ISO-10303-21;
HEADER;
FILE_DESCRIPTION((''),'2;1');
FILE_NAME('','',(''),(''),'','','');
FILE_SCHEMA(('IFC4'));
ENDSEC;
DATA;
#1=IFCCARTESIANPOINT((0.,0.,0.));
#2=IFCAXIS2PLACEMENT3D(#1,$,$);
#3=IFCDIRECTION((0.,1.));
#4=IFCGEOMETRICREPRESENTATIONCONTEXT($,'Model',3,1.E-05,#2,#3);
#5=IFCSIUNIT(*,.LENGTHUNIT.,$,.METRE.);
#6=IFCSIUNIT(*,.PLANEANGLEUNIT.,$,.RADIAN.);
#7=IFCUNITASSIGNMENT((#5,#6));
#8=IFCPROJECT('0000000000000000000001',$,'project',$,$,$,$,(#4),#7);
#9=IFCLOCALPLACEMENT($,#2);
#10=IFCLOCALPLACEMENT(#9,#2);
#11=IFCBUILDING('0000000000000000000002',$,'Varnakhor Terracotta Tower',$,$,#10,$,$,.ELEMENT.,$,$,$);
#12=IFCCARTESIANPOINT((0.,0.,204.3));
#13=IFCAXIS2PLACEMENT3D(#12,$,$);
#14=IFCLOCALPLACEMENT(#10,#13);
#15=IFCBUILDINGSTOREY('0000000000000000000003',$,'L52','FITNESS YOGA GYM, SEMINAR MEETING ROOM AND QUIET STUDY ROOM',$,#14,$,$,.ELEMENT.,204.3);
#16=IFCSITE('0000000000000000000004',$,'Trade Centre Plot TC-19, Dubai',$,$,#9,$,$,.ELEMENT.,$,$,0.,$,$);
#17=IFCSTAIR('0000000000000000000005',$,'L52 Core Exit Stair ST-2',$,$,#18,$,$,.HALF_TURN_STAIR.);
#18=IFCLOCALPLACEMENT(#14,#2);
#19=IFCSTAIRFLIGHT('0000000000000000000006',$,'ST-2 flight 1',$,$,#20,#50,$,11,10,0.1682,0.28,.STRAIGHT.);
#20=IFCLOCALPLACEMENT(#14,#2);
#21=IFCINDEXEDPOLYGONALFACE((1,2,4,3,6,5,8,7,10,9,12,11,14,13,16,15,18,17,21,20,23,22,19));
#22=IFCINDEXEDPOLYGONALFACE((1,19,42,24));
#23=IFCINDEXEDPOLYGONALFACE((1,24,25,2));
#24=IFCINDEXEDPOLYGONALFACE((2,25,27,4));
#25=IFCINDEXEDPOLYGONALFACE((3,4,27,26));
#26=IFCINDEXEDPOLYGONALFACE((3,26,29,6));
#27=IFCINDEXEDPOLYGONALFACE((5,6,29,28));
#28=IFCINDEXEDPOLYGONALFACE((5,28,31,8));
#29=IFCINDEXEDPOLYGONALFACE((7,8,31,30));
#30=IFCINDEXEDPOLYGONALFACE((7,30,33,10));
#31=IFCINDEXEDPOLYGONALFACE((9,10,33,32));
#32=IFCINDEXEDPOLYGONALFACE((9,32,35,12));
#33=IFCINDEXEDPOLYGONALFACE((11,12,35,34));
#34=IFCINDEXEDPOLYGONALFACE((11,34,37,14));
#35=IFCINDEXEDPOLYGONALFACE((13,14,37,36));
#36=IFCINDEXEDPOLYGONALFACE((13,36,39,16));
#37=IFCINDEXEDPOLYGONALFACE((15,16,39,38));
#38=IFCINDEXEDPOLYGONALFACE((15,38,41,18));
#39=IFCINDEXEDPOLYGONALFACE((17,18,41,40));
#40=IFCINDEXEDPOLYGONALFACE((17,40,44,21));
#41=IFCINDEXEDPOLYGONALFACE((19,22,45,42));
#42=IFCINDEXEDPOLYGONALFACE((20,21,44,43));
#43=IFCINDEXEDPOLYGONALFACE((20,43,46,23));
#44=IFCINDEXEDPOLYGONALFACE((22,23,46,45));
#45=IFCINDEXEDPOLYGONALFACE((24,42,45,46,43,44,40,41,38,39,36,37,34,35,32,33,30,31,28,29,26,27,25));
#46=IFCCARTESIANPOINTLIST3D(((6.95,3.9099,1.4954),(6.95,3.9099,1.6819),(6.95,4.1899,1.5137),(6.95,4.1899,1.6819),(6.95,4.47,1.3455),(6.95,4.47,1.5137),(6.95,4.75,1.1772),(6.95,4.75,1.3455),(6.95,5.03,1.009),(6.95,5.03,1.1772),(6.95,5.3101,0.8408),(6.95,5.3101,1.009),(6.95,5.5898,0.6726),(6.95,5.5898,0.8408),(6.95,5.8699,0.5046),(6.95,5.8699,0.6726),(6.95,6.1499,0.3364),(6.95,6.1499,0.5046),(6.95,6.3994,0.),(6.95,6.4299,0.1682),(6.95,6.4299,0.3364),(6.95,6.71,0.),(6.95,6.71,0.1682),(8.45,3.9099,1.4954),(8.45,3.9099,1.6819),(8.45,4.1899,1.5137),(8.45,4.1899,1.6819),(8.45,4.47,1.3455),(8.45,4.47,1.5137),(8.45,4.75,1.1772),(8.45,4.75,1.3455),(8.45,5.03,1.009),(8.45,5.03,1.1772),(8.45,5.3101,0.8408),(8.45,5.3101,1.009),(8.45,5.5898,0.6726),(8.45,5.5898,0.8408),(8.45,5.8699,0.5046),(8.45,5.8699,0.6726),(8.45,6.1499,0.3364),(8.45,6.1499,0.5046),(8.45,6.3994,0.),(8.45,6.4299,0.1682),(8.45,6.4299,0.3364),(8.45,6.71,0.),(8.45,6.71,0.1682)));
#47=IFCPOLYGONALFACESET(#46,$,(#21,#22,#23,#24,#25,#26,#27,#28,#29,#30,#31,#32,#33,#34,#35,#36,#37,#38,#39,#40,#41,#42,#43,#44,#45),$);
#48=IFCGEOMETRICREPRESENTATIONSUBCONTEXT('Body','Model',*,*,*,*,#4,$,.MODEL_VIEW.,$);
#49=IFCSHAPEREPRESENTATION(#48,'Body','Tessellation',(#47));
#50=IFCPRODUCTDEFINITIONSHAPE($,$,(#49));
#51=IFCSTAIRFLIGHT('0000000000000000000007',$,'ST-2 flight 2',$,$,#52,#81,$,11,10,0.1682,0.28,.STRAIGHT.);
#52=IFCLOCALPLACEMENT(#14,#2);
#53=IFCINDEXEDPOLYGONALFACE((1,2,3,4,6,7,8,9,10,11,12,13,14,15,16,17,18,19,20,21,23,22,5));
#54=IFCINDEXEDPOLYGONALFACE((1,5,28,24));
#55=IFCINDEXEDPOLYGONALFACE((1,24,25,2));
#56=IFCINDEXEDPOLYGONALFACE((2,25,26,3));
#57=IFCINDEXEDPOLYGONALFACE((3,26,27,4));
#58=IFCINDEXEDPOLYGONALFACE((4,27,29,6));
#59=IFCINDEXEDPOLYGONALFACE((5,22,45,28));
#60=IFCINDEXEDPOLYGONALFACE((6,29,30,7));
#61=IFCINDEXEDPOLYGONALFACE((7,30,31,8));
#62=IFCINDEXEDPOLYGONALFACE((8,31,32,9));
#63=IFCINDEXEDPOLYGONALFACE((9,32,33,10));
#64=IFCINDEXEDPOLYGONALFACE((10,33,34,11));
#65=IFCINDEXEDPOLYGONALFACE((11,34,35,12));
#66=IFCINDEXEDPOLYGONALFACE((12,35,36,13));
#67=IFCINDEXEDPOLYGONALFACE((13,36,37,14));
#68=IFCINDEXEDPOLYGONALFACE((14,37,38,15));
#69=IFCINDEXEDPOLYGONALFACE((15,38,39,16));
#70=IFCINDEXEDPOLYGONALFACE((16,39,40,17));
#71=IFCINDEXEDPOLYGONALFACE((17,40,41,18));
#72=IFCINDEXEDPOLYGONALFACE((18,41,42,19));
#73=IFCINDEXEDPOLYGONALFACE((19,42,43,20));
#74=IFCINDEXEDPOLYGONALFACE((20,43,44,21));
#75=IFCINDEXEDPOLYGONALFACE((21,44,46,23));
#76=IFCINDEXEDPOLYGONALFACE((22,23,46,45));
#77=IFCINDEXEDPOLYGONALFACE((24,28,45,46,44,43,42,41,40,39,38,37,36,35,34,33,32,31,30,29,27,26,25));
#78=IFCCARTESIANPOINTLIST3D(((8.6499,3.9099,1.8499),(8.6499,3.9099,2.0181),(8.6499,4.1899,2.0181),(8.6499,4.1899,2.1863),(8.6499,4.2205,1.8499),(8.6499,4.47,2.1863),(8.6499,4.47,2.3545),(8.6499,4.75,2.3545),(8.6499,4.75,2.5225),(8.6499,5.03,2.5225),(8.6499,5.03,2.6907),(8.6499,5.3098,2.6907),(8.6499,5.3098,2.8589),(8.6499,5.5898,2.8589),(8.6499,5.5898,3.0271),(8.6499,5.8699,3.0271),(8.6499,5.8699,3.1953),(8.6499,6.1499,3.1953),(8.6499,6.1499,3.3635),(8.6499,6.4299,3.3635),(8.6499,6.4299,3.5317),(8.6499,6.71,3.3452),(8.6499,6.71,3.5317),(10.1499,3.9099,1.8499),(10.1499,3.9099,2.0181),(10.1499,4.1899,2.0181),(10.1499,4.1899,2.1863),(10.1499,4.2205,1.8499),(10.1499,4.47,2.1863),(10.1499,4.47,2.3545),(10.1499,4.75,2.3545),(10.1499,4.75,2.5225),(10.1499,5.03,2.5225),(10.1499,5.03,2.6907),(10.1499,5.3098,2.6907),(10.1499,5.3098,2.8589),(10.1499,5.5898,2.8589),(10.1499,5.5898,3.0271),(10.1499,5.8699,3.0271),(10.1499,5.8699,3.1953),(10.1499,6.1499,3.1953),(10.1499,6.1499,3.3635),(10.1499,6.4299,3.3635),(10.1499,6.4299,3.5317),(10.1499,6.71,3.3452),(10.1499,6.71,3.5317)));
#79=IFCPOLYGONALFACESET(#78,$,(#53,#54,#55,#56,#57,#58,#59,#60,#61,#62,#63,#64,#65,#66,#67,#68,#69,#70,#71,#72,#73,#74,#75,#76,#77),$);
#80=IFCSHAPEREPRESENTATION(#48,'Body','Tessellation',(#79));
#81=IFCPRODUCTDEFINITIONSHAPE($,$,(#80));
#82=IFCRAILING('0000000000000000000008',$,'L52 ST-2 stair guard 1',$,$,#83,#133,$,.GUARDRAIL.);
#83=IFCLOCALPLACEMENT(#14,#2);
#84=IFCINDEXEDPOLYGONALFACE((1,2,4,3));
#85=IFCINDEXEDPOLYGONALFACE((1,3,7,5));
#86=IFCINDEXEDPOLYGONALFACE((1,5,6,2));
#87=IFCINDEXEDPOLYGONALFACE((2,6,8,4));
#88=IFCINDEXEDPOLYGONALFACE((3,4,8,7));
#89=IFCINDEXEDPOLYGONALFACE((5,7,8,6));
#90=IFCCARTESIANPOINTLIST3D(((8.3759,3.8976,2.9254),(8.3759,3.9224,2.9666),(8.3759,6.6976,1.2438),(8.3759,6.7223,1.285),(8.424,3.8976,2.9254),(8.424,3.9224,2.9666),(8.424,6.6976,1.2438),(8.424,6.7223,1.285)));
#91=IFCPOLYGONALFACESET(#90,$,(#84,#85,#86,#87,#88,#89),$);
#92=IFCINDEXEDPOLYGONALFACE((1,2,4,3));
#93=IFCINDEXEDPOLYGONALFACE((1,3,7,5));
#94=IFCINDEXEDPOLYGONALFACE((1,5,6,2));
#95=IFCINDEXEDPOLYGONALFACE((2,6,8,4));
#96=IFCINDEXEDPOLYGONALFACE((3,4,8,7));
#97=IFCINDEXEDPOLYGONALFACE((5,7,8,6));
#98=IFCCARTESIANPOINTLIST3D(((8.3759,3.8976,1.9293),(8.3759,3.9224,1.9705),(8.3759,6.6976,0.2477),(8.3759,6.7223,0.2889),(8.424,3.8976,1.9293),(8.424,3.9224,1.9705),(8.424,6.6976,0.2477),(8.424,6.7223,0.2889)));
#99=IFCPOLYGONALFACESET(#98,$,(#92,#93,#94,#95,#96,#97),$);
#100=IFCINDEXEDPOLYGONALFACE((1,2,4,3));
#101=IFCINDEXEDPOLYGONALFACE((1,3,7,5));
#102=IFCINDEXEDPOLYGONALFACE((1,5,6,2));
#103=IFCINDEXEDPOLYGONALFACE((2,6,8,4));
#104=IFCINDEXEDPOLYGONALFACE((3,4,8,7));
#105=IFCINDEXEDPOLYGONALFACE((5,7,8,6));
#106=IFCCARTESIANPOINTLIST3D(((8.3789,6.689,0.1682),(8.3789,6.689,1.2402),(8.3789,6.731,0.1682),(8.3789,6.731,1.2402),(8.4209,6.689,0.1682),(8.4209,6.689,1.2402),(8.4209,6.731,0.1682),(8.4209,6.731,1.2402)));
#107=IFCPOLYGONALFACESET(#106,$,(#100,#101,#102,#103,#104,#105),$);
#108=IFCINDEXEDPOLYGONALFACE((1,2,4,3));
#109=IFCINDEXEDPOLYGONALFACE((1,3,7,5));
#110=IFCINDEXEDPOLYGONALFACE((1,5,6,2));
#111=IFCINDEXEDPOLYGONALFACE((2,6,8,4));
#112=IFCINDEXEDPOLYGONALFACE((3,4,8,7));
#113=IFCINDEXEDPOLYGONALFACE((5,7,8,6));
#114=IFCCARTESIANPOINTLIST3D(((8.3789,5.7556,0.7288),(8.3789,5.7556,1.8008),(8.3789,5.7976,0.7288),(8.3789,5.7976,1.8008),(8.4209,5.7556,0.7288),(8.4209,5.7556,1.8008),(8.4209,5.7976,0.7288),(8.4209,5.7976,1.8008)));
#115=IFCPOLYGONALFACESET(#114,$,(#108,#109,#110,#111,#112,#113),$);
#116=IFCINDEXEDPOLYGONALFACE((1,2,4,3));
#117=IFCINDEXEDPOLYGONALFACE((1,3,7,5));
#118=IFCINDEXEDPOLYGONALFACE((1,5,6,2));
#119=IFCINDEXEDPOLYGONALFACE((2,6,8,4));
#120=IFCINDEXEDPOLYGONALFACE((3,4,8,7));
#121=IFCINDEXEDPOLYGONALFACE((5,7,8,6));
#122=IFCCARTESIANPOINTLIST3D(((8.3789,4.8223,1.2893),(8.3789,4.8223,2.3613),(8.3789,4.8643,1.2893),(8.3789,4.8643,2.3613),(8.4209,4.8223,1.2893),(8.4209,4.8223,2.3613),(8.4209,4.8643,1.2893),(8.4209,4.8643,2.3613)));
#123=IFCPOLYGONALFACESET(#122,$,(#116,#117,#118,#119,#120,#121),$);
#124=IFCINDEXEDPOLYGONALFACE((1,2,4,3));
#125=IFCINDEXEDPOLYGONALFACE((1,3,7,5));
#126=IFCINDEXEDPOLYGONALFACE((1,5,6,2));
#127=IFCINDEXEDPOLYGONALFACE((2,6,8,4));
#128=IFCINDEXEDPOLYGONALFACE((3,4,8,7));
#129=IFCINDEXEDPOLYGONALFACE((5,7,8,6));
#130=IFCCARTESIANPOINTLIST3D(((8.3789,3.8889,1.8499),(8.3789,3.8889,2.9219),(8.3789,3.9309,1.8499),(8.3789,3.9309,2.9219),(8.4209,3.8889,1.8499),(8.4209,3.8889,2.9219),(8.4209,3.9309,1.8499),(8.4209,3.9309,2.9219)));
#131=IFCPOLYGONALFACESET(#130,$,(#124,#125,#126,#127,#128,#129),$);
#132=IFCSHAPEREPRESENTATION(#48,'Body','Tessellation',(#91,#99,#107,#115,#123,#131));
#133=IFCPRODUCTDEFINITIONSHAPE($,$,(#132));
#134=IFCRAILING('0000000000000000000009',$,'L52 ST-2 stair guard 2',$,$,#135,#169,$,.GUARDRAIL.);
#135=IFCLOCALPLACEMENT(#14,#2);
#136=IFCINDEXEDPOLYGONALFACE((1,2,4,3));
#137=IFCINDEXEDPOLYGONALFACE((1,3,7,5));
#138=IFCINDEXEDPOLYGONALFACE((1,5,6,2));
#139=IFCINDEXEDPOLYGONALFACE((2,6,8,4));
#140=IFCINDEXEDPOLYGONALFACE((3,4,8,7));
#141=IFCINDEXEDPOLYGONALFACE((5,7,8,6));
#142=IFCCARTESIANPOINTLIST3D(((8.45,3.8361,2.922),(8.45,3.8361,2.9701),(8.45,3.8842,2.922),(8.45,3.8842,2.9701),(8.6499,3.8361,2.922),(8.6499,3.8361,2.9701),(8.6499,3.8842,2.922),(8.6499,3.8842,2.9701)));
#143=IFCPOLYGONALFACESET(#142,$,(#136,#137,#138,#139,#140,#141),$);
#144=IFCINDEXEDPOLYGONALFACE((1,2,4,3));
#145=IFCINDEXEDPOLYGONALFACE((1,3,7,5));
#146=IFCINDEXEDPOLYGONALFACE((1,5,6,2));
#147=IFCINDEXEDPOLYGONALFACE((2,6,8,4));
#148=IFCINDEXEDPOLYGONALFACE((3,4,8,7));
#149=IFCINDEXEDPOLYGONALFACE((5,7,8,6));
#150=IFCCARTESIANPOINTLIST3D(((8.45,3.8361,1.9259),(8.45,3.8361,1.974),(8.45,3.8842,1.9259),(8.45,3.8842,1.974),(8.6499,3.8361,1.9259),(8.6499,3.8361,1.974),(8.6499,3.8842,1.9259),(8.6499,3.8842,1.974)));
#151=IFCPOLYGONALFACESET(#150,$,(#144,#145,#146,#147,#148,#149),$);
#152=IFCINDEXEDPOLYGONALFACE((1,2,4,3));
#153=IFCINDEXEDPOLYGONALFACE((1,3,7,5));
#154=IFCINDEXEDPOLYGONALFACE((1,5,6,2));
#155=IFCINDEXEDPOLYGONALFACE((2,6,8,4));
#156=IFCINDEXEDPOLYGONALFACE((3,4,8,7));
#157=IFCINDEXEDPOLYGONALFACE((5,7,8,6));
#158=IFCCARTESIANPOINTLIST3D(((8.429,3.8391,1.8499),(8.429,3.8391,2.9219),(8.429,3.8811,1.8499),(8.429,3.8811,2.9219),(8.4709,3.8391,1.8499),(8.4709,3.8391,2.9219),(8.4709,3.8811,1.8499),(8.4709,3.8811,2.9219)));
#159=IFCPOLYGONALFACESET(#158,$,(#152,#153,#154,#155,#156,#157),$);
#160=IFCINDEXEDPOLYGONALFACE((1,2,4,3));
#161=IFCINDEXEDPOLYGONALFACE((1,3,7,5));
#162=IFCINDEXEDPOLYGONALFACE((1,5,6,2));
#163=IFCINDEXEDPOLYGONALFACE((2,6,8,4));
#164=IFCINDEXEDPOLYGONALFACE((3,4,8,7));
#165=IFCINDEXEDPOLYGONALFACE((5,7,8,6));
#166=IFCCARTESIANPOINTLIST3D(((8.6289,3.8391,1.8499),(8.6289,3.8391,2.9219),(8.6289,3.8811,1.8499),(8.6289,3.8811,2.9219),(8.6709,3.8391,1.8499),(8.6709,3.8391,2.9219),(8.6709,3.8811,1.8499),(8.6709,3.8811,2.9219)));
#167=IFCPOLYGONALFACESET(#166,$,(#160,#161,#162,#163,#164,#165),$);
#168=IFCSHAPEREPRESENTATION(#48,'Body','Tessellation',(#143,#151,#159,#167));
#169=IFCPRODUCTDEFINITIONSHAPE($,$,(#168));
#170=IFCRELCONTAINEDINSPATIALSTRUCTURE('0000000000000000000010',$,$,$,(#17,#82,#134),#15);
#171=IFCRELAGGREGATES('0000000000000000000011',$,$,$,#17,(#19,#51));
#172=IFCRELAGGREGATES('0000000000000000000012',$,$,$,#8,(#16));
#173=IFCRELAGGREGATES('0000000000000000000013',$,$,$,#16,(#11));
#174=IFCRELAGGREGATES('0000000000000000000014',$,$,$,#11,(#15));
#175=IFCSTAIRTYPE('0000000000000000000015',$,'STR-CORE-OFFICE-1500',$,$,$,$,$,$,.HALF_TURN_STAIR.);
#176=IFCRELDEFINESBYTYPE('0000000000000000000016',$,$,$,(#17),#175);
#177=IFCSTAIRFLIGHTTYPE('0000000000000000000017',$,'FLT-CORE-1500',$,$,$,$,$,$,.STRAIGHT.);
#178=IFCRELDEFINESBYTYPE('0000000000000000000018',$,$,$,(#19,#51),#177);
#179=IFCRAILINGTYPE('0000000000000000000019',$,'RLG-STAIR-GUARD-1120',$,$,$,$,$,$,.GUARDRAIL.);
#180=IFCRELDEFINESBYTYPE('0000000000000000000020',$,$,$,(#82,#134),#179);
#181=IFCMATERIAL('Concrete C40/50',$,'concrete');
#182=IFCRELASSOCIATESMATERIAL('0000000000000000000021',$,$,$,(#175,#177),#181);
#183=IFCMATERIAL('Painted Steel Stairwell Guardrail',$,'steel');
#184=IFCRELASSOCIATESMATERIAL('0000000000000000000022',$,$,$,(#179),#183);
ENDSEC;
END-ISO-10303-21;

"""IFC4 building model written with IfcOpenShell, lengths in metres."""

from ifc_helpers import new_model, si_unit, direction, frame, origin, origin_2d, place, context, subcontext, project, spatial, polyline, rectangle, outline, extrude, material, type_object, element, aggregate, save


model = new_model("IFC4")

# Units and contexts
model_context = context("Model", 3, precision=1e-05, world=origin(), true_north=direction((0.0, 1.0)))
body_context = subcontext(model_context, "Body", "Model", "MODEL_VIEW")
ifc_project = project(units=[si_unit("LENGTHUNIT", "METRE"), si_unit("PLANEANGLEUNIT", "RADIAN")], contexts=[model_context])

# Site, building, storey
site_placement = place(None, origin())
site = spatial("IfcSite", under=ifc_project, at=site_placement, Name="Trade Centre Plot TC-19, Dubai", CompositionType="ELEMENT", RefElevation=0.0)
building_placement = place(site_placement, origin())
building = spatial("IfcBuilding", under=site, at=building_placement, Name="Varnakhor Terracotta Tower", CompositionType="ELEMENT")
storey_placement = place(building_placement, frame((0.0, 0.0, 204.3)))
storey = spatial("IfcBuildingStorey", under=building, at=storey_placement, Name="L52", Description="FITNESS YOGA GYM, SEMINAR MEETING ROOM AND QUIET STUDY ROOM", CompositionType="ELEMENT", Elevation=204.3)

# Stair
ifc_material_1 = material(Name="Concrete C40/50", Category="concrete")
stair_type = type_object("IfcStairType", Name="STR-CORE-OFFICE-1500", PredefinedType="HALF_TURN_STAIR", material=ifc_material_1)
stair_1_placement = place(storey_placement, origin())
stair_1 = element("IfcStair", 1, at=stair_1_placement, inside=storey, type_object=stair_type, Name="L52 Core Exit Stair ST-2", PredefinedType="HALF_TURN_STAIR")

# Stair flights
stair_flight_type = type_object("IfcStairFlightType", Name="FLT-CORE-1500", PredefinedType="STRAIGHT", material=ifc_material_1)
stair_flight_1_placement = place(storey_placement, frame((7.7, 6.71, 0.0), z_axis=(0.0, 0.0, 1.0), x_axis=(0.0, -1.0, 0.0)))
stair_flight_1 = element("IfcStairFlight", 2, at=stair_flight_1_placement, type_object=stair_flight_type, Name="ST-2 flight 1", NumberOfRisers=11, NumberOfTreads=10, PredefinedType="STRAIGHT", RiserHeight=0.1682, TreadLength=0.28, context=body_context, shape_type="SweptSolid", body=[
    extrude(outline(polyline([(0.0, 0.0), (0.0, 0.1682), (0.28, 0.1682), (0.28, 0.3364), (0.5601, 0.3364), (0.5601, 0.5046), (0.8401, 0.5046), (0.8401, 0.6726), (1.1201, 0.6726), (1.1201, 0.8408), (1.3999, 0.8408), (1.3999, 1.009), (1.6799, 1.009), (1.6799, 1.1772), (1.96, 1.1772), (1.96, 1.3455), (2.24, 1.3455), (2.24, 1.5137), (2.52, 1.5137), (2.52, 1.6819), (2.8, 1.6819), (2.8, 1.8501), (2.8, 1.4954), (0.3105, 0.0), (0.0, 0.0)])), frame((0.0, 0.75, 0.0), z_axis=(0.0, -1.0, 0.0), x_axis=(1.0, 0.0, 0.0)), (0.0, 0.0, 1.0), 1.5),
])
stair_flight_2_placement = place(storey_placement, frame((9.3999, 3.9099, 1.8499), z_axis=(0.0, 0.0, 1.0), x_axis=(0.0, 1.0, 0.0)))
stair_flight_2 = element("IfcStairFlight", 3, at=stair_flight_2_placement, type_object=stair_flight_type, Name="ST-2 flight 2", NumberOfRisers=11, NumberOfTreads=10, PredefinedType="STRAIGHT", RiserHeight=0.1682, TreadLength=0.28, context=body_context, shape_type="SweptSolid", body=[
    extrude(outline(polyline([(0.0, 0.0), (0.0, 0.1682), (0.28, 0.1682), (0.28, 0.3364), (0.5601, 0.3364), (0.5601, 0.5046), (0.8401, 0.5046), (0.8401, 0.6726), (1.1201, 0.6726), (1.1201, 0.8408), (1.3999, 0.8408), (1.3999, 1.009), (1.6799, 1.009), (1.6799, 1.1772), (1.96, 1.1772), (1.96, 1.3455), (2.24, 1.3455), (2.24, 1.5137), (2.52, 1.5137), (2.52, 1.6819), (2.8, 1.6819), (2.8, 1.8501), (2.8, 1.4954), (0.3105, 0.0), (0.0, 0.0)])), frame((0.0, 0.75, 0.0), z_axis=(0.0, -1.0, 0.0), x_axis=(1.0, 0.0, 0.0)), (0.0, 0.0, 1.0), 1.5),
])
aggregate(stair_1, [stair_flight_1, stair_flight_2])

# Railings
ifc_material_2 = material(Name="Painted Steel Stairwell Guardrail", Category="steel")
railing_type_1 = type_object("IfcRailingType", Name="RLG-STAIR-GUARD-1120", PredefinedType="GUARDRAIL", material=ifc_material_2)
railing_1_placement = place(storey_placement, frame((8.3999, 6.71, 0.1682)))
element("IfcRailing", 4, at=railing_1_placement, inside=storey, type_object=railing_type_1, Name="L52 ST-2 stair guard 1", PredefinedType="GUARDRAIL", context=body_context, shape_type="SweptSolid", body=[
    extrude(rectangle(XDim=0.0481, YDim=0.0481, at=origin_2d()), frame((0.0, 0.0, 1.0962), z_axis=(0.0, -0.857275, 0.514858), x_axis=(1.0, 0.0, 0.0)), (0.0, 0.0, 1.0), 3.2661),
    extrude(rectangle(XDim=0.0481, YDim=0.0481, at=origin_2d()), frame((0.0, 0.0, 0.1001), z_axis=(0.0, -0.857275, 0.514858), x_axis=(1.0, 0.0, 0.0)), (0.0, 0.0, 1.0), 3.2661),
    extrude(rectangle(XDim=0.042, YDim=0.042, at=origin_2d()), origin(), (0.0, 0.0, 1.0), 1.072),
    extrude(rectangle(XDim=0.042, YDim=0.042, at=origin_2d()), frame((0.0, -0.9333, 0.5605)), (0.0, 0.0, 1.0), 1.072),
    extrude(rectangle(XDim=0.042, YDim=0.042, at=origin_2d()), frame((0.0, -1.8667, 1.1211)), (0.0, 0.0, 1.0), 1.072),
    extrude(rectangle(XDim=0.042, YDim=0.042, at=origin_2d()), frame((0.0, -2.8, 1.6816)), (0.0, 0.0, 1.0), 1.072),
])
railing_2_placement = place(storey_placement, frame((8.45, 3.8601, 1.8499)))
element("IfcRailing", 5, at=railing_2_placement, inside=storey, type_object=railing_type_1, Name="L52 ST-2 stair guard 2", PredefinedType="GUARDRAIL", context=body_context, shape_type="SweptSolid", body=[
    extrude(rectangle(XDim=0.0481, YDim=0.0481, at=origin_2d()), frame((0.0, 0.0, 1.0962), z_axis=(1.0, 0.0, 0.0), x_axis=(0.0, 1.0, 0.0)), (0.0, 0.0, 1.0), 0.2),
    extrude(rectangle(XDim=0.0481, YDim=0.0481, at=origin_2d()), frame((0.0, 0.0, 0.1001), z_axis=(1.0, 0.0, 0.0), x_axis=(0.0, 1.0, 0.0)), (0.0, 0.0, 1.0), 0.2),
    extrude(rectangle(XDim=0.042, YDim=0.042, at=origin_2d()), origin(), (0.0, 0.0, 1.0), 1.072),
    extrude(rectangle(XDim=0.042, YDim=0.042, at=origin_2d()), frame((0.2, 0.0, 0.0)), (0.0, 0.0, 1.0), 1.072),
])

save(model, "model.ifc")
